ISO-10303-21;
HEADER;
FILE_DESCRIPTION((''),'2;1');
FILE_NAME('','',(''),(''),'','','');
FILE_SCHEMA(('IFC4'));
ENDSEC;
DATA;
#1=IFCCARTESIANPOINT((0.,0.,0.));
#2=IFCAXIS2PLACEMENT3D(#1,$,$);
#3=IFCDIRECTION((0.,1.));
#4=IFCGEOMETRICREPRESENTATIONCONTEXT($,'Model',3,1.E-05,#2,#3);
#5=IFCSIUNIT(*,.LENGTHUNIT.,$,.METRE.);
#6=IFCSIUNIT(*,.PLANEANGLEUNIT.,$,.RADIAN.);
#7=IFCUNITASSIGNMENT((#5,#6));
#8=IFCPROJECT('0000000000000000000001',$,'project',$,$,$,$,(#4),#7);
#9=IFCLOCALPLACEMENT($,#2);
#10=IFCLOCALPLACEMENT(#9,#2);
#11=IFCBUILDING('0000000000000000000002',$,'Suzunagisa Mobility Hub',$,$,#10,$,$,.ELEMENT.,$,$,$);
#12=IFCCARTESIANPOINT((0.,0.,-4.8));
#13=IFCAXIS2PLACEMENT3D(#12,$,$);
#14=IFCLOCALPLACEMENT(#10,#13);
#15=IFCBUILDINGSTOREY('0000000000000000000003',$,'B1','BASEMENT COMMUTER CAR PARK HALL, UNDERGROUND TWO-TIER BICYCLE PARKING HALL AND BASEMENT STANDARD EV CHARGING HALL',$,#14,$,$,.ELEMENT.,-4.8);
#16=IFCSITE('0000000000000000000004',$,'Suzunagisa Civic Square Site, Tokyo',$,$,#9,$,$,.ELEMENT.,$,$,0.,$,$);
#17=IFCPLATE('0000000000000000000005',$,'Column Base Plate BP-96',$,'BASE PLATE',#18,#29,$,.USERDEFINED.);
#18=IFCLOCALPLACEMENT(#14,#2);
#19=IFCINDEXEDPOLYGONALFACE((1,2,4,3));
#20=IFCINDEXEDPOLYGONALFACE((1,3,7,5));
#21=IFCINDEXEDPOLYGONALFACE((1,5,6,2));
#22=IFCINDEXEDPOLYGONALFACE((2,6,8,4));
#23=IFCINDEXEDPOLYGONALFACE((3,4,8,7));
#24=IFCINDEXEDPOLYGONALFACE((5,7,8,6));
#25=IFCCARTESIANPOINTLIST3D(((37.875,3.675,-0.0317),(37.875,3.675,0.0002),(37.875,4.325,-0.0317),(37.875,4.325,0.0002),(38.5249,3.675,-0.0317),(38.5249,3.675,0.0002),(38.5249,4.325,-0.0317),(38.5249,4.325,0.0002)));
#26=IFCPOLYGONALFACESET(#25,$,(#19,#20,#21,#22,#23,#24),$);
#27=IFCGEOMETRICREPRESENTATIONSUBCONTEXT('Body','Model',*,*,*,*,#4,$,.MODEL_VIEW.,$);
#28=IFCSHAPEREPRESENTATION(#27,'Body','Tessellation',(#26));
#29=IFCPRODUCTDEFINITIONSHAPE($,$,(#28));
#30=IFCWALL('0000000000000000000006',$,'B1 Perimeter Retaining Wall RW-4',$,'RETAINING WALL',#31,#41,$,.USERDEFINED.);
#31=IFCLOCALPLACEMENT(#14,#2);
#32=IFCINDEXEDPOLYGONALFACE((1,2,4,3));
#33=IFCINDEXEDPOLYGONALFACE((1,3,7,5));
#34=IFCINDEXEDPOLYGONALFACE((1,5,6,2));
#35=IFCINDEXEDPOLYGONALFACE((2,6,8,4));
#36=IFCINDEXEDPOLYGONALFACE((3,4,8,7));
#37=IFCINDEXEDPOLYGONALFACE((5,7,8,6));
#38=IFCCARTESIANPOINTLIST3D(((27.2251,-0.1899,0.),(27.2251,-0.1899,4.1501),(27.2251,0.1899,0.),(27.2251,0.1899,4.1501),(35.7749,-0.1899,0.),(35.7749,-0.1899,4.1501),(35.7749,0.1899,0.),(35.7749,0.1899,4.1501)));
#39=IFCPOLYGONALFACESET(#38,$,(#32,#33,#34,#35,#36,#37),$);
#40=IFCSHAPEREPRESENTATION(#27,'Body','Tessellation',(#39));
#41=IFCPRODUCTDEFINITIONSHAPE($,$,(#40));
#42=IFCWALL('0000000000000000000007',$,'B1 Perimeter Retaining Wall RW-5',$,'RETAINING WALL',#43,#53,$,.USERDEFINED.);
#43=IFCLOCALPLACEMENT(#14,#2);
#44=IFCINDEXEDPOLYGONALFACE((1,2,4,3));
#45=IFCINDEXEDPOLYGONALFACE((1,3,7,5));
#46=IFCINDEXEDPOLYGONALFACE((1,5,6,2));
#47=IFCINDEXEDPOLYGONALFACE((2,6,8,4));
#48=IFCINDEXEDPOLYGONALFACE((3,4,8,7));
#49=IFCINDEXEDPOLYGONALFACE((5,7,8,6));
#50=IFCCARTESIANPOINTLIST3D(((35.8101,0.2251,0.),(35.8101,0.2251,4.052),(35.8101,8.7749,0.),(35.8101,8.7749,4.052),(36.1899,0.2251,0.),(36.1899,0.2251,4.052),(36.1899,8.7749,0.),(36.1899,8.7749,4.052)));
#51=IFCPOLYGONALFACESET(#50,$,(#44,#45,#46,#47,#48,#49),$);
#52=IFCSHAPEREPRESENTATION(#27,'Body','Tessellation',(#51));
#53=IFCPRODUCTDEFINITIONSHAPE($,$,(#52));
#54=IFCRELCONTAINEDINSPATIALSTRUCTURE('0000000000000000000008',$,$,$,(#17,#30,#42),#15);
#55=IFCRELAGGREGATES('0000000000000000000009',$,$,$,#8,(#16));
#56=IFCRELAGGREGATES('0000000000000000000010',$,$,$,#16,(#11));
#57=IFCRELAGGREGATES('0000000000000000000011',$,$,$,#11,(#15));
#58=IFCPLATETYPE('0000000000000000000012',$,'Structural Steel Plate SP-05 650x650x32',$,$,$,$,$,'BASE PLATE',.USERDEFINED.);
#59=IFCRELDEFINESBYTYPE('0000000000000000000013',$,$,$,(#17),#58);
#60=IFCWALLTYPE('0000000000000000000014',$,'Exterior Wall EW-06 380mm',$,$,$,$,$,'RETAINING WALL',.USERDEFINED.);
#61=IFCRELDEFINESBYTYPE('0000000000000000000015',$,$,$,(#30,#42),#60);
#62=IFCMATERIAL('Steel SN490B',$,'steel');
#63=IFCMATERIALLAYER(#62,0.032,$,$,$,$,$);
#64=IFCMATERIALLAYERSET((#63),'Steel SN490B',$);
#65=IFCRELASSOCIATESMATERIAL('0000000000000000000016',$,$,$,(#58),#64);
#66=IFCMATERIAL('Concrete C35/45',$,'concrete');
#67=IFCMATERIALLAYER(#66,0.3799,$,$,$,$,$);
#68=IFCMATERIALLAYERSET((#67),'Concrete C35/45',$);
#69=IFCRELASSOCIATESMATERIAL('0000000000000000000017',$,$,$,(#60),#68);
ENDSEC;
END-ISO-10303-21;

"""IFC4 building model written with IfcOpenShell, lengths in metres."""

from ifc_helpers import new_model, si_unit, direction, frame, frame_2d, origin, origin_2d, place, context, subcontext, project, spatial, rectangle, extrude, material, layer, layer_set, type_object, element, save


model = new_model("IFC4")

# Units and contexts
model_context = context("Model", 3, precision=1e-05, world=origin(), true_north=direction((0.0, 1.0)))
body_context = subcontext(model_context, "Body", "Model", "MODEL_VIEW")
ifc_project = project(units=[si_unit("LENGTHUNIT", "METRE"), si_unit("PLANEANGLEUNIT", "RADIAN")], contexts=[model_context])

# Site, building, storey
site_placement = place(None, origin())
site = spatial("IfcSite", under=ifc_project, at=site_placement, Name="Suzunagisa Civic Square Site, Tokyo", CompositionType="ELEMENT", RefElevation=0.0)
building_placement = place(site_placement, origin())
building = spatial("IfcBuilding", under=site, at=building_placement, Name="Suzunagisa Mobility Hub", CompositionType="ELEMENT")
storey_placement = place(building_placement, frame((0.0, 0.0, -4.8)))
storey = spatial("IfcBuildingStorey", under=building, at=storey_placement, Name="B1", Description="BASEMENT COMMUTER CAR PARK HALL, UNDERGROUND TWO-TIER BICYCLE PARKING HALL AND BASEMENT STANDARD EV CHARGING HALL", CompositionType="ELEMENT", Elevation=-4.8)

# Shared definitions
ifc_material_1 = material(Name="Concrete C35/45", Category="concrete")

# Shared definitions
ifc_material_2 = material(Name="Steel SN490B", Category="steel")

# Plate
ifc_layer_1 = layer(ifc_material_2, 0.032)
ifc_layer_set_1 = layer_set([ifc_layer_1], Name="Steel SN490B")
plate_type_1 = type_object("IfcPlateType", Name="Structural Steel Plate SP-05 650x650x32", ElementType="BASE PLATE", PredefinedType="USERDEFINED", material=ifc_layer_set_1)
for number, where, z_axis, x_axis, name in (
    (1, (38.2, 4.0, -0.0317), (0.0, 0.0, 1.0), (1.0, 0.0, 0.0), "Column Base Plate BP-96"),
):
    element("IfcPlate", number, at=place(storey_placement, frame(where, z_axis=z_axis, x_axis=x_axis)), inside=storey, type_object=plate_type_1, Name=name, ObjectType="BASE PLATE", PredefinedType="USERDEFINED", context=body_context, shape_type="SweptSolid", body=[
        extrude(rectangle(XDim=0.6499, YDim=0.6499, at=origin_2d()), origin(), (0.0, 0.0, 1.0), 0.032),
    ])

# Walls
ifc_layer_2 = layer(ifc_material_1, 0.3799)
ifc_layer_set_2 = layer_set([ifc_layer_2], Name="Concrete C35/45")
wall_type = type_object("IfcWallType", Name="Exterior Wall EW-06 380mm", ElementType="RETAINING WALL", PredefinedType="USERDEFINED", material=ifc_layer_set_2)
wall_1_placement = place(storey_placement, frame((27.2251, 0.0, 0.0), z_axis=(0.0, 0.0, 1.0), x_axis=(1.0, 0.0, 0.0)))
element("IfcWall", 2, at=wall_1_placement, inside=storey, type_object=wall_type, Name="B1 Perimeter Retaining Wall RW-4", ObjectType="RETAINING WALL", PredefinedType="USERDEFINED", context=body_context, shape_type="SweptSolid", body=[
    extrude(rectangle(XDim=8.5498, YDim=0.3799, at=frame_2d((4.2749, 0.0))), origin(), (0.0, 0.0, 1.0), 4.1501),
])
wall_2_placement = place(storey_placement, frame((36.0, 0.2251, 0.0), z_axis=(0.0, 0.0, 1.0), x_axis=(0.0, 1.0, 0.0)))
element("IfcWall", 3, at=wall_2_placement, inside=storey, type_object=wall_type, Name="B1 Perimeter Retaining Wall RW-5", ObjectType="RETAINING WALL", PredefinedType="USERDEFINED", context=body_context, shape_type="SweptSolid", body=[
    extrude(rectangle(XDim=8.5498, YDim=0.3799, at=frame_2d((4.2749, 0.0))), origin(), (0.0, 0.0, 1.0), 4.052),
])

save(model, "model.ifc")
